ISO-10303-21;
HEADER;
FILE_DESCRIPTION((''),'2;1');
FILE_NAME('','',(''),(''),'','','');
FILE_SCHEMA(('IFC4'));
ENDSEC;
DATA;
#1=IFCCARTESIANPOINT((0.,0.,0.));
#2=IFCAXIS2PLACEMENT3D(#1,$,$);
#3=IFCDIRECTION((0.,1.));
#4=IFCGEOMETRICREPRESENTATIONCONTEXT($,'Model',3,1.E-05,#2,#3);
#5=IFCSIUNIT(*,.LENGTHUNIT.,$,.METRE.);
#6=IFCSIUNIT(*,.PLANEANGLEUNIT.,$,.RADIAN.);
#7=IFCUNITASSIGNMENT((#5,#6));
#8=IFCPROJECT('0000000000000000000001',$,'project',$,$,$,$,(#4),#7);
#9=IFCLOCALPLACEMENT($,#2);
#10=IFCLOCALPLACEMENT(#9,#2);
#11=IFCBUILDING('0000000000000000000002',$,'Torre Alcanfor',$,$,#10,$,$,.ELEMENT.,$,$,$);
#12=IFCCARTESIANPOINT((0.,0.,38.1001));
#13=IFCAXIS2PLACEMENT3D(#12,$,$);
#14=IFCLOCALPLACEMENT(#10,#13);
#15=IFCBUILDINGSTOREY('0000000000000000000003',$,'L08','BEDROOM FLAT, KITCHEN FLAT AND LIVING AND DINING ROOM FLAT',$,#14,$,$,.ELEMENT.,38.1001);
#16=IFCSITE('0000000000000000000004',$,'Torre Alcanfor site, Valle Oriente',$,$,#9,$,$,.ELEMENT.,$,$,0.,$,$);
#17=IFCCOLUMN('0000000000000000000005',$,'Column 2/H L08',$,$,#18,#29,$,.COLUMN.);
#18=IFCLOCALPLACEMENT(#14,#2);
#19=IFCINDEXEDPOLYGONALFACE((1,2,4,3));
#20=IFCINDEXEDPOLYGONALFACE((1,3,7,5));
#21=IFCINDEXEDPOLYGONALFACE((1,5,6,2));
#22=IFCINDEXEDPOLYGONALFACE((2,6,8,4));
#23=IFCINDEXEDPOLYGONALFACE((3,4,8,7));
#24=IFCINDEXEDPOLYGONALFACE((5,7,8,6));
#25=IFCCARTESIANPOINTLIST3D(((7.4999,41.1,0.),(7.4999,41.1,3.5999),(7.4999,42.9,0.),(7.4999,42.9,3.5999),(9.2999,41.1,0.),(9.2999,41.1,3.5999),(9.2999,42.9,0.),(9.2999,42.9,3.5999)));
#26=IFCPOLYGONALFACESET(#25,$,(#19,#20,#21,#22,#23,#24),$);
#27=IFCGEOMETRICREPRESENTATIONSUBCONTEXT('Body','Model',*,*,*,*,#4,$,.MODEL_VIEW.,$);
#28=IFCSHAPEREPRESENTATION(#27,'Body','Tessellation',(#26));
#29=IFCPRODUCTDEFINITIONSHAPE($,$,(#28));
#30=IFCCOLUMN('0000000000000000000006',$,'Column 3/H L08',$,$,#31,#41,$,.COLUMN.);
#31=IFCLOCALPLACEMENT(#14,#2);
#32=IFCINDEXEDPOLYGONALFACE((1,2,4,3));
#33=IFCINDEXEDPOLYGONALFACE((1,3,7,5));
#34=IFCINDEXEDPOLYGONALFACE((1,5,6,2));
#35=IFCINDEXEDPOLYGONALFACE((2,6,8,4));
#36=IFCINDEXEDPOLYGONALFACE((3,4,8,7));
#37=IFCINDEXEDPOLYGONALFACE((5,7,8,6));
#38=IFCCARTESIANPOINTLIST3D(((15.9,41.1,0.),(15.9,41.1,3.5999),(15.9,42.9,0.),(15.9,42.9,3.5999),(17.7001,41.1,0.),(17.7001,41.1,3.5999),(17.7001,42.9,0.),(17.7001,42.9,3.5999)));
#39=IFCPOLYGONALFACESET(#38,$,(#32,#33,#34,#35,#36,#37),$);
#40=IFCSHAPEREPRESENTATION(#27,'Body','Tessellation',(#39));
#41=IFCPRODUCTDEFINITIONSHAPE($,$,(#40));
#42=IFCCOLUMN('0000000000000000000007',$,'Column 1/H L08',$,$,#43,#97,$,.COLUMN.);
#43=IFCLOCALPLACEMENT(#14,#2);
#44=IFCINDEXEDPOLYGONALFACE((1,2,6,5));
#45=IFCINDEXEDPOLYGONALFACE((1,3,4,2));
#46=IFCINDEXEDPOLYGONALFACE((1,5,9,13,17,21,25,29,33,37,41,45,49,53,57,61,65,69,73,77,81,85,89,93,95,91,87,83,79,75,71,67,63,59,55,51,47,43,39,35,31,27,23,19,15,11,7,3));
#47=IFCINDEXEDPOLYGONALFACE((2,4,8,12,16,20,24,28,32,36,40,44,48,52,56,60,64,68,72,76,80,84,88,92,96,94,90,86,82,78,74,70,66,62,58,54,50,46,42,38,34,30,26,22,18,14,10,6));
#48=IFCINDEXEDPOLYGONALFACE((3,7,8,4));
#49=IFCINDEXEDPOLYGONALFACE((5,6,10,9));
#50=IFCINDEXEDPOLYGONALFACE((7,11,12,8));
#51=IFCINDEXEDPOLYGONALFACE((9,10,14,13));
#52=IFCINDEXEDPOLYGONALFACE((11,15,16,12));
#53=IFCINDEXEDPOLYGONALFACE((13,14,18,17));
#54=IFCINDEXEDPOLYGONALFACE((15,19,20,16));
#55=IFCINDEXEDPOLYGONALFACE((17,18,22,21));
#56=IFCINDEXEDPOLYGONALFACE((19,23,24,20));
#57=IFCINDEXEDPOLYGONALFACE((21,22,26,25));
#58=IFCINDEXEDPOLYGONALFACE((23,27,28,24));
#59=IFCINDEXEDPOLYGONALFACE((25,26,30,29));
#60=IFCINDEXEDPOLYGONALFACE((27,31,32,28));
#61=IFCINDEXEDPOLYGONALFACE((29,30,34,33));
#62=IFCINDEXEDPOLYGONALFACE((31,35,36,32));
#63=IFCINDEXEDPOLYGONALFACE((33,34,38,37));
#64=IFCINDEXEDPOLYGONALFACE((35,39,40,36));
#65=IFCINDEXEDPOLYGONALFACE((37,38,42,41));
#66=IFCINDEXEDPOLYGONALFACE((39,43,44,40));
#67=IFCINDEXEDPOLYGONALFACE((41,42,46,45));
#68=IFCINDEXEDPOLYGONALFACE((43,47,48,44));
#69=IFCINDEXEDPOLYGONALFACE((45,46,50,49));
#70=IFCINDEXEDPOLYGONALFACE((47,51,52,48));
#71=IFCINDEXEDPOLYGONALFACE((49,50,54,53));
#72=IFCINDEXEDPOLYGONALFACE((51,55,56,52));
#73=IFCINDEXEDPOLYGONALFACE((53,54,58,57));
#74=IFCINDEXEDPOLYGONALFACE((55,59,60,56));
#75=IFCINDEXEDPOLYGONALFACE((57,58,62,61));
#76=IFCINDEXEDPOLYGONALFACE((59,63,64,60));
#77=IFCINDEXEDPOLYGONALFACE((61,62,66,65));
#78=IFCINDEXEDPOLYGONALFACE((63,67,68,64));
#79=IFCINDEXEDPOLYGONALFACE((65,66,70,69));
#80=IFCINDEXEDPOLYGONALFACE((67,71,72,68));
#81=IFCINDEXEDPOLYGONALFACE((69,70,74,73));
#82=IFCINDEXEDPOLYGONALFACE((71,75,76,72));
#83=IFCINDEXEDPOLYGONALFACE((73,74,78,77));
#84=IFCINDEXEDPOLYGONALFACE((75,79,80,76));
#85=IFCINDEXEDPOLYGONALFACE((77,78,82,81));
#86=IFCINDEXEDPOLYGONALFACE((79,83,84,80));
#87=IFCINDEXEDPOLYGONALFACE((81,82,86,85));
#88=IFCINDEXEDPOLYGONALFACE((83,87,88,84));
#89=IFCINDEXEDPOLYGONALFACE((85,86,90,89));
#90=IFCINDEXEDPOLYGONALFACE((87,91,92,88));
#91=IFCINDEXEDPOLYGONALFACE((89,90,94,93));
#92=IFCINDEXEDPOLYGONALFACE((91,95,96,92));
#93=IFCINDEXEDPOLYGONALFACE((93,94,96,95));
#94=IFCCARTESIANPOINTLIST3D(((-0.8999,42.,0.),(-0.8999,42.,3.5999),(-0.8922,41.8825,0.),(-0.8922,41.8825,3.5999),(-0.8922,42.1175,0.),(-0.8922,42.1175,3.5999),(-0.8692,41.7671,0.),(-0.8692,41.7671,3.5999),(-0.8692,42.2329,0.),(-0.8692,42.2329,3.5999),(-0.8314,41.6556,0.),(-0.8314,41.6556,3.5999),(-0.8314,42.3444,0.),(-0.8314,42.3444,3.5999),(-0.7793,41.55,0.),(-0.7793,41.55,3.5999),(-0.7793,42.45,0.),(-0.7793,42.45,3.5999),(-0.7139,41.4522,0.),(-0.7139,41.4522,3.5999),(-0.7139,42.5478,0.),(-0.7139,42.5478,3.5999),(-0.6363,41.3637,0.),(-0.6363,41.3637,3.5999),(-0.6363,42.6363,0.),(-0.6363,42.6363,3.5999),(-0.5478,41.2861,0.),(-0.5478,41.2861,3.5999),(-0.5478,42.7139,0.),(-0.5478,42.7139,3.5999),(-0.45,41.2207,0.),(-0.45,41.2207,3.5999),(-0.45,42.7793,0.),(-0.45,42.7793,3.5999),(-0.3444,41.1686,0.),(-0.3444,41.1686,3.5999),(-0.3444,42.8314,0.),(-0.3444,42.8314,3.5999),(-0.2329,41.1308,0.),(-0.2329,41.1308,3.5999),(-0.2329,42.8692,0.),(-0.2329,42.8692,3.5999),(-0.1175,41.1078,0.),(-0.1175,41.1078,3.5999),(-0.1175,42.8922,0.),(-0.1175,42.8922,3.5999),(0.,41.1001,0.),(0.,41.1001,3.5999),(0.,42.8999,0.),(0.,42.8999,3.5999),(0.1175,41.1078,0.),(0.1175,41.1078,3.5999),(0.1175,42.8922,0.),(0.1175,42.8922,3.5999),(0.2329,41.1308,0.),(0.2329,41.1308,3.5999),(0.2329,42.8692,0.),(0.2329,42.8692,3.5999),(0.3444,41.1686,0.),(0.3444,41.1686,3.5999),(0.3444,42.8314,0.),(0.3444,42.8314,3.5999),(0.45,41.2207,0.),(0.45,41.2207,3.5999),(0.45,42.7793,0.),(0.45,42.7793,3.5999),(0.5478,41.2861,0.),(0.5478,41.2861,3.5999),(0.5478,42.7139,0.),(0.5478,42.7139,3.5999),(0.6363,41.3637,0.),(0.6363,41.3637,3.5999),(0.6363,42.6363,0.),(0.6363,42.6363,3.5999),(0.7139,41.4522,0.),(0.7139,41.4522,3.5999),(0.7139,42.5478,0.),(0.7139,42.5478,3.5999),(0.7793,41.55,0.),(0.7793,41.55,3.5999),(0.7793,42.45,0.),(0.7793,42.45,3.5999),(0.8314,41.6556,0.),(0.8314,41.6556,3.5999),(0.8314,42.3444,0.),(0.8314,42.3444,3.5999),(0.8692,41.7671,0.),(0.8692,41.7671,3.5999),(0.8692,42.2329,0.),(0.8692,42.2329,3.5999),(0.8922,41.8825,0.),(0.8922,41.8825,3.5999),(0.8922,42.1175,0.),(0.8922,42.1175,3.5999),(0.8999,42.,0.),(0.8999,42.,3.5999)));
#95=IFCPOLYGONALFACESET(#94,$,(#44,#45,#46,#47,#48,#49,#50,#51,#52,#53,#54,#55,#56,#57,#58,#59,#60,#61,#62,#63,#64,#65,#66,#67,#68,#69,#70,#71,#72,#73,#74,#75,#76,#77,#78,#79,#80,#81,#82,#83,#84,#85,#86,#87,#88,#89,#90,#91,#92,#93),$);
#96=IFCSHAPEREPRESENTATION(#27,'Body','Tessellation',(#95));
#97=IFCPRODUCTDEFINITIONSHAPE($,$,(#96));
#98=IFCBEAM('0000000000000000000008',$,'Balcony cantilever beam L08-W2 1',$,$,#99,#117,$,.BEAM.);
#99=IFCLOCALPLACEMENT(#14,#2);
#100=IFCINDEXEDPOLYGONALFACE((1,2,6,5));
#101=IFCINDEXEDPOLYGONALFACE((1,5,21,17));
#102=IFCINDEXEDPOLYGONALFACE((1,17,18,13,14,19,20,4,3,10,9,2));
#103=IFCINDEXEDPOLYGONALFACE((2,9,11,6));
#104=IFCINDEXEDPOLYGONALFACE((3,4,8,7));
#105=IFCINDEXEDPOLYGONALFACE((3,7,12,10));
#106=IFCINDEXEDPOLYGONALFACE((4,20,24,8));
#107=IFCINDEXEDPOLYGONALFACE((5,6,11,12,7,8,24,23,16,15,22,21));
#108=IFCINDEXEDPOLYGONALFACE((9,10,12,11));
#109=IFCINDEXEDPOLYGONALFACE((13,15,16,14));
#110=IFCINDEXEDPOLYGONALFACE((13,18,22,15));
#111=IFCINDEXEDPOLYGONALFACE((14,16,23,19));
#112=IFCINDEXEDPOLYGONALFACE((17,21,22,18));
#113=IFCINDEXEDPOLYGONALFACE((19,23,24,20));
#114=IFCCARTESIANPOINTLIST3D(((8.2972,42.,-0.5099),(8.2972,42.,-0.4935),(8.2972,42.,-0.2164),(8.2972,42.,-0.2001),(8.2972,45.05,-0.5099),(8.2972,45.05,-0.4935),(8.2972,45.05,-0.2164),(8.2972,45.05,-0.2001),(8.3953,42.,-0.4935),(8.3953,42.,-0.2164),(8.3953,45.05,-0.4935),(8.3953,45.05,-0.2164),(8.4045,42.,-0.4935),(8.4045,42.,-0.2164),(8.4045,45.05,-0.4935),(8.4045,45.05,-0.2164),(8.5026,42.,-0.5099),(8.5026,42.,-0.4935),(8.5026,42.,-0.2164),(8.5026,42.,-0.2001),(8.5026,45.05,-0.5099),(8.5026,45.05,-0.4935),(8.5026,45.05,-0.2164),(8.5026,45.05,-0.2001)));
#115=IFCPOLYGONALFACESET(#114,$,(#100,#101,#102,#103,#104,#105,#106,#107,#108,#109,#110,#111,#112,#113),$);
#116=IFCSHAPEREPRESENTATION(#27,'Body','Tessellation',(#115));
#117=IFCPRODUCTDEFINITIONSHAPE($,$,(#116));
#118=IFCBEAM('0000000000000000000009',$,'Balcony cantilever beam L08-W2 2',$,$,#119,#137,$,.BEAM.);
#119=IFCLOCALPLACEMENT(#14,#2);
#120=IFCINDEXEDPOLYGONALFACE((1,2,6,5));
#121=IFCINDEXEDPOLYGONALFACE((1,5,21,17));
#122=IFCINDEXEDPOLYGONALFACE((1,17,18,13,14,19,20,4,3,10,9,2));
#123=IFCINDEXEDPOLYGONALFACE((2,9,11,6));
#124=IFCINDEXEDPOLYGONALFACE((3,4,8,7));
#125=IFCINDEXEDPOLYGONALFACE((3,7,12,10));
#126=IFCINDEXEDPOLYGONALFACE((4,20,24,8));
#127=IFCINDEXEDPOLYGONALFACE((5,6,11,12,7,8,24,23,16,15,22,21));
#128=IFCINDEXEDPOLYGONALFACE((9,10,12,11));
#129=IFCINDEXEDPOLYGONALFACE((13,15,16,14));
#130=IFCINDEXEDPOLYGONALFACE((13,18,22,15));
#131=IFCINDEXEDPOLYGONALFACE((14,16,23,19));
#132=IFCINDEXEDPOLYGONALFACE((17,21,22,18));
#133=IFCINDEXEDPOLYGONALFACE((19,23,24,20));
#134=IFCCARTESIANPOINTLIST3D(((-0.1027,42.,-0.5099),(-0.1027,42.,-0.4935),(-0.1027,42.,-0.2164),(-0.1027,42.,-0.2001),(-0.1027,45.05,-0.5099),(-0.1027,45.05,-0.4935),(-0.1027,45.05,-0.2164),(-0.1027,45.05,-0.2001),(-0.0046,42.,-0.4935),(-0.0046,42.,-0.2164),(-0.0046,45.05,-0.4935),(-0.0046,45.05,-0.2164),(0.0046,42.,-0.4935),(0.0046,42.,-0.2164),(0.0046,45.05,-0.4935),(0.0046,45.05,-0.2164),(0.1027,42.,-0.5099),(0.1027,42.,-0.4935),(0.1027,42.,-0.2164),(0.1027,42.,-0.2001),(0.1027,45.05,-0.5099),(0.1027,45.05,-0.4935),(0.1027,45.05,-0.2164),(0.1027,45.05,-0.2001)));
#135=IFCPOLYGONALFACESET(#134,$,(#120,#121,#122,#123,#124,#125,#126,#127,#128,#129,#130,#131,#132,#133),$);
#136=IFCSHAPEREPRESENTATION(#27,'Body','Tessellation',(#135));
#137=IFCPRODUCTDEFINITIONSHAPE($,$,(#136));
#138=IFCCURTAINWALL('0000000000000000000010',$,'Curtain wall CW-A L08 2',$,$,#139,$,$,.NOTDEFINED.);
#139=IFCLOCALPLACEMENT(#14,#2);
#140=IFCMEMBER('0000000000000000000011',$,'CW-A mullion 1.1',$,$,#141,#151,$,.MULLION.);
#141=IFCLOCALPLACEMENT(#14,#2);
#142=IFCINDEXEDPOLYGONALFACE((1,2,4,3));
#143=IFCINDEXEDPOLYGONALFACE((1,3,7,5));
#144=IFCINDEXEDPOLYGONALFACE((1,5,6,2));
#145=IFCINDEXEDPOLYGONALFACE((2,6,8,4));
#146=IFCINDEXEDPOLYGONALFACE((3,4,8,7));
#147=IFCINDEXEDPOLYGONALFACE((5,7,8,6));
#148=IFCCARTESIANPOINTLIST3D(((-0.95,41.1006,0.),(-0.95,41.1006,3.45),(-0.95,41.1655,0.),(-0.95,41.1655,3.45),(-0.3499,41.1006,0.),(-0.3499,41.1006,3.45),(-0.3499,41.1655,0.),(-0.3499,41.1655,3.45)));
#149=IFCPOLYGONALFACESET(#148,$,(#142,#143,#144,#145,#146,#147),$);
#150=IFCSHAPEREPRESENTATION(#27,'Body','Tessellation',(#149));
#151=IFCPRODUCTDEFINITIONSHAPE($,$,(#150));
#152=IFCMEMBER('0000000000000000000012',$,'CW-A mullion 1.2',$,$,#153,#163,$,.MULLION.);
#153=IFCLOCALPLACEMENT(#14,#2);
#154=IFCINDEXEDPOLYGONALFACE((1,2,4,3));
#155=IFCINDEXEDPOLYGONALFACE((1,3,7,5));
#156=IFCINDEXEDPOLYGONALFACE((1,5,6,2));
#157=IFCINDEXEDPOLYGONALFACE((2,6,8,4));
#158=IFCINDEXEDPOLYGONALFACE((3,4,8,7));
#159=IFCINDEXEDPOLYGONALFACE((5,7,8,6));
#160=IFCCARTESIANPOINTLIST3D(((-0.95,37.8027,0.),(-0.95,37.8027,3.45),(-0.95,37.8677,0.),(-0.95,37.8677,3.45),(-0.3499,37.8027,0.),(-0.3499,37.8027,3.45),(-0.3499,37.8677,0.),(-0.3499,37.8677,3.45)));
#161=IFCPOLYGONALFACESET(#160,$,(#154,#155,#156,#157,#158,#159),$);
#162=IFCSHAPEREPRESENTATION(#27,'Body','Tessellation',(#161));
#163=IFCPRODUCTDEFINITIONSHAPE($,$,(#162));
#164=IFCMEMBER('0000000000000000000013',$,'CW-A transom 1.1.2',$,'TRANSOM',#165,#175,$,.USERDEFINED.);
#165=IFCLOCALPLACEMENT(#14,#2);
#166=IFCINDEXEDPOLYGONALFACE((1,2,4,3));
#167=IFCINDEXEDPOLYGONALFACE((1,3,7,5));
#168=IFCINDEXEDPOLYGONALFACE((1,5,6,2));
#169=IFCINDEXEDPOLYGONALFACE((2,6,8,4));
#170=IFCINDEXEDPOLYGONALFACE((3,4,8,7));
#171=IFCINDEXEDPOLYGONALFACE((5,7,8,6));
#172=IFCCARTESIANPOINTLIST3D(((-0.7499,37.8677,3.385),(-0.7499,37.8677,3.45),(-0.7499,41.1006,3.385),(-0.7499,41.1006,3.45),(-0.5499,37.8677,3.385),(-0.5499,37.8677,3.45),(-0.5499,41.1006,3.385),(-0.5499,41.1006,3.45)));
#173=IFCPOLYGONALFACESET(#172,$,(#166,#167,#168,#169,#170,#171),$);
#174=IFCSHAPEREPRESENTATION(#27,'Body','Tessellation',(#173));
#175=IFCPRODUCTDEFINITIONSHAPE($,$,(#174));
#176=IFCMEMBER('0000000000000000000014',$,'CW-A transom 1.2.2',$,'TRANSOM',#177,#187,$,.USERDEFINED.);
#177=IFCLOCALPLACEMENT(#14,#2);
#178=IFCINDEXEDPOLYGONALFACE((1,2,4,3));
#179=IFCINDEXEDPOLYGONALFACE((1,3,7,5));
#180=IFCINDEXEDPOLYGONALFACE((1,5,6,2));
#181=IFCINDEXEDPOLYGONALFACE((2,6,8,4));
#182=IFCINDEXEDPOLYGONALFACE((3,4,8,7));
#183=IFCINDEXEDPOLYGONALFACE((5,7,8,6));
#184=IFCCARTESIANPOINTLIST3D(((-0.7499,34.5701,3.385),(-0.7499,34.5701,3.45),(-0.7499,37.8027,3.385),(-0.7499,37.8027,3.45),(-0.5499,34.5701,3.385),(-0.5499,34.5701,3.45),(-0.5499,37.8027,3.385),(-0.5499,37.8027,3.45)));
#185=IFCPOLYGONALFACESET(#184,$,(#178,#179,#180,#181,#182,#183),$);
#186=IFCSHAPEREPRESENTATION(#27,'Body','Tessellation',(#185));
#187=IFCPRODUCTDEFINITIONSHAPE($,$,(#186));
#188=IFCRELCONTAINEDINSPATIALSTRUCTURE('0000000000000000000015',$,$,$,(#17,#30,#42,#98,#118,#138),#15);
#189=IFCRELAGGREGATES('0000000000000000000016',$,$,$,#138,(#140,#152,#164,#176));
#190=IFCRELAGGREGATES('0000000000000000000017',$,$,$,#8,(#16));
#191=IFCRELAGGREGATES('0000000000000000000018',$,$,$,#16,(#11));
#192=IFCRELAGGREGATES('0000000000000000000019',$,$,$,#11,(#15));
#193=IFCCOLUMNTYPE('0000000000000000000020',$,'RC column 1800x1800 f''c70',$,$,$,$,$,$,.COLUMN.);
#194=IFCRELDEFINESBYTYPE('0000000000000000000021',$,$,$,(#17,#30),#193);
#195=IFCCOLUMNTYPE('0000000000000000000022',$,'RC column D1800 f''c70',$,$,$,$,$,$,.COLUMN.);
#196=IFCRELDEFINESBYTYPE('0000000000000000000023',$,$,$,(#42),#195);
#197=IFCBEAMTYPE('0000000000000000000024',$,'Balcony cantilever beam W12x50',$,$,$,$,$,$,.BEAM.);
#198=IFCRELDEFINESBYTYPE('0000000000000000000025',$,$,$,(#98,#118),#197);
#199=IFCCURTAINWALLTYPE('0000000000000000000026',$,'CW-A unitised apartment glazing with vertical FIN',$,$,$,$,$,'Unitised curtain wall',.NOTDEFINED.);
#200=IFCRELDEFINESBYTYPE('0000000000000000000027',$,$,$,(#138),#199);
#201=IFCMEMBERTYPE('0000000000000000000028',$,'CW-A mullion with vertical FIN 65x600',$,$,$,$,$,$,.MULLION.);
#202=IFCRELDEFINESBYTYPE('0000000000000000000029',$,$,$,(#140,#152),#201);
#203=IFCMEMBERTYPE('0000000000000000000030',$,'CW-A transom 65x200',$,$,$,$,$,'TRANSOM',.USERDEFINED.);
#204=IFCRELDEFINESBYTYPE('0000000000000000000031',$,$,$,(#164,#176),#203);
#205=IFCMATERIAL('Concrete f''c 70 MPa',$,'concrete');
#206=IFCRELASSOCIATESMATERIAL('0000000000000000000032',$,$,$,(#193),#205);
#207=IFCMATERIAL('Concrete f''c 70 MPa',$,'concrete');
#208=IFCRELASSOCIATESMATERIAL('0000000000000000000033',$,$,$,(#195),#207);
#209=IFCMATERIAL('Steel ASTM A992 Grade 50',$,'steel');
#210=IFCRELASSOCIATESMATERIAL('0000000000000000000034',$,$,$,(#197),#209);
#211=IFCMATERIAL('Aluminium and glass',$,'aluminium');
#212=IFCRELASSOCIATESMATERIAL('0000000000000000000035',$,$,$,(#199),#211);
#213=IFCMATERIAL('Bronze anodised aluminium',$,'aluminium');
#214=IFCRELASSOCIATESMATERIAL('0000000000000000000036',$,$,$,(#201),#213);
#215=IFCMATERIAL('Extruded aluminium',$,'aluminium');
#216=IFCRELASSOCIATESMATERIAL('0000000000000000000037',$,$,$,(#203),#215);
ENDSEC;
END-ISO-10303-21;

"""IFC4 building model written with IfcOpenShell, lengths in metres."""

from ifc_helpers import new_model, si_unit, direction, frame, origin, origin_2d, place, context, subcontext, project, spatial, rectangle, circle, i_section, extrude, material, material_profile, profile_set, type_object, element, aggregate, save


model = new_model("IFC4")

# Units and contexts
model_context = context("Model", 3, precision=1e-05, world=origin(), true_north=direction((0.0, 1.0)))
body_context = subcontext(model_context, "Body", "Model", "MODEL_VIEW")
ifc_project = project(units=[si_unit("LENGTHUNIT", "METRE"), si_unit("PLANEANGLEUNIT", "RADIAN")], contexts=[model_context])

# Site, building, storey
site_placement = place(None, origin())
site = spatial("IfcSite", under=ifc_project, at=site_placement, Name="Torre Alcanfor site, Valle Oriente", CompositionType="ELEMENT", RefElevation=0.0)
building_placement = place(site_placement, origin())
building = spatial("IfcBuilding", under=site, at=building_placement, Name="Torre Alcanfor", CompositionType="ELEMENT")
storey_placement = place(building_placement, frame((0.0, 0.0, 38.1001)))
storey = spatial("IfcBuildingStorey", under=building, at=storey_placement, Name="L08", Description="BEDROOM FLAT, KITCHEN FLAT AND LIVING AND DINING ROOM FLAT", CompositionType="ELEMENT", Elevation=38.1001)

# Columns
ifc_material_1 = material(Name="Concrete f'c 70 MPa", Category="concrete")
ifc_material_profile_1 = material_profile(ifc_material_1, rectangle(XDim=1.8, YDim=1.8, at=origin_2d()), Name="1800x1800")
ifc_profile_set_1 = profile_set([ifc_material_profile_1], Name="Concrete f'c 70 MPa")
column_type_1 = type_object("IfcColumnType", Name="RC column 1800x1800 f'c70", PredefinedType="COLUMN", material=ifc_profile_set_1)
for number, where, z_axis, x_axis, name in (
    (1, (8.3999, 42.0, 0.0), (0.0, 0.0, 1.0), (1.0, 0.0, 0.0), "Column 2/H L08"),
    (2, (16.8, 42.0, 0.0), (0.0, 0.0, 1.0), (1.0, 0.0, 0.0), "Column 3/H L08"),
):
    element("IfcColumn", number, at=place(storey_placement, frame(where, z_axis=z_axis, x_axis=x_axis)), inside=storey, type_object=column_type_1, Name=name, PredefinedType="COLUMN", context=body_context, shape_type="SweptSolid", body=[
        extrude(rectangle(XDim=1.8, YDim=1.8, at=origin_2d()), origin(), (0.0, 0.0, 1.0), 3.5999),
    ])
ifc_material_2 = material(Name="Concrete f'c 70 MPa", Category="concrete")
ifc_material_profile_2 = material_profile(ifc_material_2, circle(Radius=0.8999, at=origin_2d()), Name="D1800")
ifc_profile_set_2 = profile_set([ifc_material_profile_2], Name="Concrete f'c 70 MPa")
column_type_2 = type_object("IfcColumnType", Name="RC column D1800 f'c70", PredefinedType="COLUMN", material=ifc_profile_set_2)
column_placement = place(storey_placement, frame((0.0, 42.0, 0.0), z_axis=(0.0, 0.0, 1.0), x_axis=(1.0, 0.0, 0.0)))
element("IfcColumn", 3, at=column_placement, inside=storey, type_object=column_type_2, Name="Column 1/H L08", PredefinedType="COLUMN", context=body_context, shape_type="SweptSolid", body=[
    extrude(circle(Radius=0.8999, at=origin_2d()), origin(), (0.0, 0.0, 1.0), 3.5999),
])

# Beams
ifc_material_3 = material(Name="Steel ASTM A992 Grade 50", Category="steel")
ifc_material_profile_3 = material_profile(ifc_material_3, i_section(OverallWidth=0.2053, OverallDepth=0.3098, WebThickness=0.0093, FlangeThickness=0.0164, at=origin_2d()), Name="W12x50")
ifc_profile_set_3 = profile_set([ifc_material_profile_3], Name="Steel ASTM A992 Grade 50")
beam_type_1 = type_object("IfcBeamType", Name="Balcony cantilever beam W12x50", PredefinedType="BEAM", material=ifc_profile_set_3)
for number, where, z_axis, x_axis, name in (
    (4, (8.3999, 42.0, -0.355), (0.0, 1.0, 0.0), (-1.0, 0.0, 0.0), "Balcony cantilever beam L08-W2 1"),
    (5, (0.0, 42.0, -0.355), (0.0, 1.0, 0.0), (-1.0, 0.0, 0.0), "Balcony cantilever beam L08-W2 2"),
):
    element("IfcBeam", number, at=place(storey_placement, frame(where, z_axis=z_axis, x_axis=x_axis)), inside=storey, type_object=beam_type_1, Name=name, PredefinedType="BEAM", context=body_context, shape_type="SweptSolid", body=[
        extrude(i_section(OverallWidth=0.2053, OverallDepth=0.3098, WebThickness=0.0093, FlangeThickness=0.0164, at=origin_2d()), origin(), (0.0, 0.0, 1.0), 3.05),
    ])

# Curtain wall, members
ifc_material_4 = material(Name="Aluminium and glass", Category="aluminium")
curtain_wall_type = type_object("IfcCurtainWallType", Name="CW-A unitised apartment glazing with vertical FIN", ElementType="Unitised curtain wall", PredefinedType="NOTDEFINED", material=ifc_material_4)
curtain_wall_placement = place(storey_placement, origin())
curtain_wall = element("IfcCurtainWall", 6, at=curtain_wall_placement, inside=storey, type_object=curtain_wall_type, Name="Curtain wall CW-A L08 2", PredefinedType="NOTDEFINED")
ifc_material_5 = material(Name="Bronze anodised aluminium", Category="aluminium")
ifc_material_profile_4 = material_profile(ifc_material_5, rectangle(XDim=0.6001, YDim=0.0649, at=origin_2d()), Name="CW-A mullion 65x600")
ifc_profile_set_4 = profile_set([ifc_material_profile_4], Name="Bronze anodised aluminium")
member_type_1 = type_object("IfcMemberType", Name="CW-A mullion with vertical FIN 65x600", PredefinedType="MULLION", material=ifc_profile_set_4)
member_1_placement = place(storey_placement, frame((-0.6499, 41.1331, 0.0), z_axis=(0.0, 0.0, 1.0), x_axis=(1.0, 0.0, 0.0)))
member_1 = element("IfcMember", 7, at=member_1_placement, type_object=member_type_1, Name="CW-A mullion 1.1", PredefinedType="MULLION", context=body_context, shape_type="SweptSolid", body=[
    extrude(rectangle(XDim=0.6001, YDim=0.0649, at=origin_2d()), origin(), (0.0, 0.0, 1.0), 3.45),
])
member_2_placement = place(storey_placement, frame((-0.6499, 37.8352, 0.0), z_axis=(0.0, 0.0, 1.0), x_axis=(1.0, 0.0, 0.0)))
member_2 = element("IfcMember", 8, at=member_2_placement, type_object=member_type_1, Name="CW-A mullion 1.2", PredefinedType="MULLION", context=body_context, shape_type="SweptSolid", body=[
    extrude(rectangle(XDim=0.6001, YDim=0.0649, at=origin_2d()), origin(), (0.0, 0.0, 1.0), 3.45),
])
ifc_material_6 = material(Name="Extruded aluminium", Category="aluminium")
ifc_material_profile_5 = material_profile(ifc_material_6, rectangle(XDim=0.2, YDim=0.0649, at=origin_2d()), Name="CW-A transom 200x65")
ifc_profile_set_5 = profile_set([ifc_material_profile_5], Name="Extruded aluminium")
member_type_2 = type_object("IfcMemberType", Name="CW-A transom 65x200", ElementType="TRANSOM", PredefinedType="USERDEFINED", material=ifc_profile_set_5)
member_3_placement = place(storey_placement, frame((-0.6499, 41.1006, 3.4175), z_axis=(0.0, -1.0, 0.0), x_axis=(1.0, 0.0, 0.0)))
member_3 = element("IfcMember", 9, at=member_3_placement, type_object=member_type_2, Name="CW-A transom 1.1.2", ObjectType="TRANSOM", PredefinedType="USERDEFINED", context=body_context, shape_type="SweptSolid", body=[
    extrude(rectangle(XDim=0.2, YDim=0.0649, at=origin_2d()), origin(), (0.0, 0.0, 1.0), 3.2329),
])
member_4_placement = place(storey_placement, frame((-0.6499, 37.8027, 3.4175), z_axis=(0.0, -1.0, 0.0), x_axis=(1.0, 0.0, 0.0)))
member_4 = element("IfcMember", 10, at=member_4_placement, type_object=member_type_2, Name="CW-A transom 1.2.2", ObjectType="TRANSOM", PredefinedType="USERDEFINED", context=body_context, shape_type="SweptSolid", body=[
    extrude(rectangle(XDim=0.2, YDim=0.0649, at=origin_2d()), origin(), (0.0, 0.0, 1.0), 3.2327),
])

aggregate(curtain_wall, [member_1, member_2, member_3, member_4])

save(model, "model.ifc")
